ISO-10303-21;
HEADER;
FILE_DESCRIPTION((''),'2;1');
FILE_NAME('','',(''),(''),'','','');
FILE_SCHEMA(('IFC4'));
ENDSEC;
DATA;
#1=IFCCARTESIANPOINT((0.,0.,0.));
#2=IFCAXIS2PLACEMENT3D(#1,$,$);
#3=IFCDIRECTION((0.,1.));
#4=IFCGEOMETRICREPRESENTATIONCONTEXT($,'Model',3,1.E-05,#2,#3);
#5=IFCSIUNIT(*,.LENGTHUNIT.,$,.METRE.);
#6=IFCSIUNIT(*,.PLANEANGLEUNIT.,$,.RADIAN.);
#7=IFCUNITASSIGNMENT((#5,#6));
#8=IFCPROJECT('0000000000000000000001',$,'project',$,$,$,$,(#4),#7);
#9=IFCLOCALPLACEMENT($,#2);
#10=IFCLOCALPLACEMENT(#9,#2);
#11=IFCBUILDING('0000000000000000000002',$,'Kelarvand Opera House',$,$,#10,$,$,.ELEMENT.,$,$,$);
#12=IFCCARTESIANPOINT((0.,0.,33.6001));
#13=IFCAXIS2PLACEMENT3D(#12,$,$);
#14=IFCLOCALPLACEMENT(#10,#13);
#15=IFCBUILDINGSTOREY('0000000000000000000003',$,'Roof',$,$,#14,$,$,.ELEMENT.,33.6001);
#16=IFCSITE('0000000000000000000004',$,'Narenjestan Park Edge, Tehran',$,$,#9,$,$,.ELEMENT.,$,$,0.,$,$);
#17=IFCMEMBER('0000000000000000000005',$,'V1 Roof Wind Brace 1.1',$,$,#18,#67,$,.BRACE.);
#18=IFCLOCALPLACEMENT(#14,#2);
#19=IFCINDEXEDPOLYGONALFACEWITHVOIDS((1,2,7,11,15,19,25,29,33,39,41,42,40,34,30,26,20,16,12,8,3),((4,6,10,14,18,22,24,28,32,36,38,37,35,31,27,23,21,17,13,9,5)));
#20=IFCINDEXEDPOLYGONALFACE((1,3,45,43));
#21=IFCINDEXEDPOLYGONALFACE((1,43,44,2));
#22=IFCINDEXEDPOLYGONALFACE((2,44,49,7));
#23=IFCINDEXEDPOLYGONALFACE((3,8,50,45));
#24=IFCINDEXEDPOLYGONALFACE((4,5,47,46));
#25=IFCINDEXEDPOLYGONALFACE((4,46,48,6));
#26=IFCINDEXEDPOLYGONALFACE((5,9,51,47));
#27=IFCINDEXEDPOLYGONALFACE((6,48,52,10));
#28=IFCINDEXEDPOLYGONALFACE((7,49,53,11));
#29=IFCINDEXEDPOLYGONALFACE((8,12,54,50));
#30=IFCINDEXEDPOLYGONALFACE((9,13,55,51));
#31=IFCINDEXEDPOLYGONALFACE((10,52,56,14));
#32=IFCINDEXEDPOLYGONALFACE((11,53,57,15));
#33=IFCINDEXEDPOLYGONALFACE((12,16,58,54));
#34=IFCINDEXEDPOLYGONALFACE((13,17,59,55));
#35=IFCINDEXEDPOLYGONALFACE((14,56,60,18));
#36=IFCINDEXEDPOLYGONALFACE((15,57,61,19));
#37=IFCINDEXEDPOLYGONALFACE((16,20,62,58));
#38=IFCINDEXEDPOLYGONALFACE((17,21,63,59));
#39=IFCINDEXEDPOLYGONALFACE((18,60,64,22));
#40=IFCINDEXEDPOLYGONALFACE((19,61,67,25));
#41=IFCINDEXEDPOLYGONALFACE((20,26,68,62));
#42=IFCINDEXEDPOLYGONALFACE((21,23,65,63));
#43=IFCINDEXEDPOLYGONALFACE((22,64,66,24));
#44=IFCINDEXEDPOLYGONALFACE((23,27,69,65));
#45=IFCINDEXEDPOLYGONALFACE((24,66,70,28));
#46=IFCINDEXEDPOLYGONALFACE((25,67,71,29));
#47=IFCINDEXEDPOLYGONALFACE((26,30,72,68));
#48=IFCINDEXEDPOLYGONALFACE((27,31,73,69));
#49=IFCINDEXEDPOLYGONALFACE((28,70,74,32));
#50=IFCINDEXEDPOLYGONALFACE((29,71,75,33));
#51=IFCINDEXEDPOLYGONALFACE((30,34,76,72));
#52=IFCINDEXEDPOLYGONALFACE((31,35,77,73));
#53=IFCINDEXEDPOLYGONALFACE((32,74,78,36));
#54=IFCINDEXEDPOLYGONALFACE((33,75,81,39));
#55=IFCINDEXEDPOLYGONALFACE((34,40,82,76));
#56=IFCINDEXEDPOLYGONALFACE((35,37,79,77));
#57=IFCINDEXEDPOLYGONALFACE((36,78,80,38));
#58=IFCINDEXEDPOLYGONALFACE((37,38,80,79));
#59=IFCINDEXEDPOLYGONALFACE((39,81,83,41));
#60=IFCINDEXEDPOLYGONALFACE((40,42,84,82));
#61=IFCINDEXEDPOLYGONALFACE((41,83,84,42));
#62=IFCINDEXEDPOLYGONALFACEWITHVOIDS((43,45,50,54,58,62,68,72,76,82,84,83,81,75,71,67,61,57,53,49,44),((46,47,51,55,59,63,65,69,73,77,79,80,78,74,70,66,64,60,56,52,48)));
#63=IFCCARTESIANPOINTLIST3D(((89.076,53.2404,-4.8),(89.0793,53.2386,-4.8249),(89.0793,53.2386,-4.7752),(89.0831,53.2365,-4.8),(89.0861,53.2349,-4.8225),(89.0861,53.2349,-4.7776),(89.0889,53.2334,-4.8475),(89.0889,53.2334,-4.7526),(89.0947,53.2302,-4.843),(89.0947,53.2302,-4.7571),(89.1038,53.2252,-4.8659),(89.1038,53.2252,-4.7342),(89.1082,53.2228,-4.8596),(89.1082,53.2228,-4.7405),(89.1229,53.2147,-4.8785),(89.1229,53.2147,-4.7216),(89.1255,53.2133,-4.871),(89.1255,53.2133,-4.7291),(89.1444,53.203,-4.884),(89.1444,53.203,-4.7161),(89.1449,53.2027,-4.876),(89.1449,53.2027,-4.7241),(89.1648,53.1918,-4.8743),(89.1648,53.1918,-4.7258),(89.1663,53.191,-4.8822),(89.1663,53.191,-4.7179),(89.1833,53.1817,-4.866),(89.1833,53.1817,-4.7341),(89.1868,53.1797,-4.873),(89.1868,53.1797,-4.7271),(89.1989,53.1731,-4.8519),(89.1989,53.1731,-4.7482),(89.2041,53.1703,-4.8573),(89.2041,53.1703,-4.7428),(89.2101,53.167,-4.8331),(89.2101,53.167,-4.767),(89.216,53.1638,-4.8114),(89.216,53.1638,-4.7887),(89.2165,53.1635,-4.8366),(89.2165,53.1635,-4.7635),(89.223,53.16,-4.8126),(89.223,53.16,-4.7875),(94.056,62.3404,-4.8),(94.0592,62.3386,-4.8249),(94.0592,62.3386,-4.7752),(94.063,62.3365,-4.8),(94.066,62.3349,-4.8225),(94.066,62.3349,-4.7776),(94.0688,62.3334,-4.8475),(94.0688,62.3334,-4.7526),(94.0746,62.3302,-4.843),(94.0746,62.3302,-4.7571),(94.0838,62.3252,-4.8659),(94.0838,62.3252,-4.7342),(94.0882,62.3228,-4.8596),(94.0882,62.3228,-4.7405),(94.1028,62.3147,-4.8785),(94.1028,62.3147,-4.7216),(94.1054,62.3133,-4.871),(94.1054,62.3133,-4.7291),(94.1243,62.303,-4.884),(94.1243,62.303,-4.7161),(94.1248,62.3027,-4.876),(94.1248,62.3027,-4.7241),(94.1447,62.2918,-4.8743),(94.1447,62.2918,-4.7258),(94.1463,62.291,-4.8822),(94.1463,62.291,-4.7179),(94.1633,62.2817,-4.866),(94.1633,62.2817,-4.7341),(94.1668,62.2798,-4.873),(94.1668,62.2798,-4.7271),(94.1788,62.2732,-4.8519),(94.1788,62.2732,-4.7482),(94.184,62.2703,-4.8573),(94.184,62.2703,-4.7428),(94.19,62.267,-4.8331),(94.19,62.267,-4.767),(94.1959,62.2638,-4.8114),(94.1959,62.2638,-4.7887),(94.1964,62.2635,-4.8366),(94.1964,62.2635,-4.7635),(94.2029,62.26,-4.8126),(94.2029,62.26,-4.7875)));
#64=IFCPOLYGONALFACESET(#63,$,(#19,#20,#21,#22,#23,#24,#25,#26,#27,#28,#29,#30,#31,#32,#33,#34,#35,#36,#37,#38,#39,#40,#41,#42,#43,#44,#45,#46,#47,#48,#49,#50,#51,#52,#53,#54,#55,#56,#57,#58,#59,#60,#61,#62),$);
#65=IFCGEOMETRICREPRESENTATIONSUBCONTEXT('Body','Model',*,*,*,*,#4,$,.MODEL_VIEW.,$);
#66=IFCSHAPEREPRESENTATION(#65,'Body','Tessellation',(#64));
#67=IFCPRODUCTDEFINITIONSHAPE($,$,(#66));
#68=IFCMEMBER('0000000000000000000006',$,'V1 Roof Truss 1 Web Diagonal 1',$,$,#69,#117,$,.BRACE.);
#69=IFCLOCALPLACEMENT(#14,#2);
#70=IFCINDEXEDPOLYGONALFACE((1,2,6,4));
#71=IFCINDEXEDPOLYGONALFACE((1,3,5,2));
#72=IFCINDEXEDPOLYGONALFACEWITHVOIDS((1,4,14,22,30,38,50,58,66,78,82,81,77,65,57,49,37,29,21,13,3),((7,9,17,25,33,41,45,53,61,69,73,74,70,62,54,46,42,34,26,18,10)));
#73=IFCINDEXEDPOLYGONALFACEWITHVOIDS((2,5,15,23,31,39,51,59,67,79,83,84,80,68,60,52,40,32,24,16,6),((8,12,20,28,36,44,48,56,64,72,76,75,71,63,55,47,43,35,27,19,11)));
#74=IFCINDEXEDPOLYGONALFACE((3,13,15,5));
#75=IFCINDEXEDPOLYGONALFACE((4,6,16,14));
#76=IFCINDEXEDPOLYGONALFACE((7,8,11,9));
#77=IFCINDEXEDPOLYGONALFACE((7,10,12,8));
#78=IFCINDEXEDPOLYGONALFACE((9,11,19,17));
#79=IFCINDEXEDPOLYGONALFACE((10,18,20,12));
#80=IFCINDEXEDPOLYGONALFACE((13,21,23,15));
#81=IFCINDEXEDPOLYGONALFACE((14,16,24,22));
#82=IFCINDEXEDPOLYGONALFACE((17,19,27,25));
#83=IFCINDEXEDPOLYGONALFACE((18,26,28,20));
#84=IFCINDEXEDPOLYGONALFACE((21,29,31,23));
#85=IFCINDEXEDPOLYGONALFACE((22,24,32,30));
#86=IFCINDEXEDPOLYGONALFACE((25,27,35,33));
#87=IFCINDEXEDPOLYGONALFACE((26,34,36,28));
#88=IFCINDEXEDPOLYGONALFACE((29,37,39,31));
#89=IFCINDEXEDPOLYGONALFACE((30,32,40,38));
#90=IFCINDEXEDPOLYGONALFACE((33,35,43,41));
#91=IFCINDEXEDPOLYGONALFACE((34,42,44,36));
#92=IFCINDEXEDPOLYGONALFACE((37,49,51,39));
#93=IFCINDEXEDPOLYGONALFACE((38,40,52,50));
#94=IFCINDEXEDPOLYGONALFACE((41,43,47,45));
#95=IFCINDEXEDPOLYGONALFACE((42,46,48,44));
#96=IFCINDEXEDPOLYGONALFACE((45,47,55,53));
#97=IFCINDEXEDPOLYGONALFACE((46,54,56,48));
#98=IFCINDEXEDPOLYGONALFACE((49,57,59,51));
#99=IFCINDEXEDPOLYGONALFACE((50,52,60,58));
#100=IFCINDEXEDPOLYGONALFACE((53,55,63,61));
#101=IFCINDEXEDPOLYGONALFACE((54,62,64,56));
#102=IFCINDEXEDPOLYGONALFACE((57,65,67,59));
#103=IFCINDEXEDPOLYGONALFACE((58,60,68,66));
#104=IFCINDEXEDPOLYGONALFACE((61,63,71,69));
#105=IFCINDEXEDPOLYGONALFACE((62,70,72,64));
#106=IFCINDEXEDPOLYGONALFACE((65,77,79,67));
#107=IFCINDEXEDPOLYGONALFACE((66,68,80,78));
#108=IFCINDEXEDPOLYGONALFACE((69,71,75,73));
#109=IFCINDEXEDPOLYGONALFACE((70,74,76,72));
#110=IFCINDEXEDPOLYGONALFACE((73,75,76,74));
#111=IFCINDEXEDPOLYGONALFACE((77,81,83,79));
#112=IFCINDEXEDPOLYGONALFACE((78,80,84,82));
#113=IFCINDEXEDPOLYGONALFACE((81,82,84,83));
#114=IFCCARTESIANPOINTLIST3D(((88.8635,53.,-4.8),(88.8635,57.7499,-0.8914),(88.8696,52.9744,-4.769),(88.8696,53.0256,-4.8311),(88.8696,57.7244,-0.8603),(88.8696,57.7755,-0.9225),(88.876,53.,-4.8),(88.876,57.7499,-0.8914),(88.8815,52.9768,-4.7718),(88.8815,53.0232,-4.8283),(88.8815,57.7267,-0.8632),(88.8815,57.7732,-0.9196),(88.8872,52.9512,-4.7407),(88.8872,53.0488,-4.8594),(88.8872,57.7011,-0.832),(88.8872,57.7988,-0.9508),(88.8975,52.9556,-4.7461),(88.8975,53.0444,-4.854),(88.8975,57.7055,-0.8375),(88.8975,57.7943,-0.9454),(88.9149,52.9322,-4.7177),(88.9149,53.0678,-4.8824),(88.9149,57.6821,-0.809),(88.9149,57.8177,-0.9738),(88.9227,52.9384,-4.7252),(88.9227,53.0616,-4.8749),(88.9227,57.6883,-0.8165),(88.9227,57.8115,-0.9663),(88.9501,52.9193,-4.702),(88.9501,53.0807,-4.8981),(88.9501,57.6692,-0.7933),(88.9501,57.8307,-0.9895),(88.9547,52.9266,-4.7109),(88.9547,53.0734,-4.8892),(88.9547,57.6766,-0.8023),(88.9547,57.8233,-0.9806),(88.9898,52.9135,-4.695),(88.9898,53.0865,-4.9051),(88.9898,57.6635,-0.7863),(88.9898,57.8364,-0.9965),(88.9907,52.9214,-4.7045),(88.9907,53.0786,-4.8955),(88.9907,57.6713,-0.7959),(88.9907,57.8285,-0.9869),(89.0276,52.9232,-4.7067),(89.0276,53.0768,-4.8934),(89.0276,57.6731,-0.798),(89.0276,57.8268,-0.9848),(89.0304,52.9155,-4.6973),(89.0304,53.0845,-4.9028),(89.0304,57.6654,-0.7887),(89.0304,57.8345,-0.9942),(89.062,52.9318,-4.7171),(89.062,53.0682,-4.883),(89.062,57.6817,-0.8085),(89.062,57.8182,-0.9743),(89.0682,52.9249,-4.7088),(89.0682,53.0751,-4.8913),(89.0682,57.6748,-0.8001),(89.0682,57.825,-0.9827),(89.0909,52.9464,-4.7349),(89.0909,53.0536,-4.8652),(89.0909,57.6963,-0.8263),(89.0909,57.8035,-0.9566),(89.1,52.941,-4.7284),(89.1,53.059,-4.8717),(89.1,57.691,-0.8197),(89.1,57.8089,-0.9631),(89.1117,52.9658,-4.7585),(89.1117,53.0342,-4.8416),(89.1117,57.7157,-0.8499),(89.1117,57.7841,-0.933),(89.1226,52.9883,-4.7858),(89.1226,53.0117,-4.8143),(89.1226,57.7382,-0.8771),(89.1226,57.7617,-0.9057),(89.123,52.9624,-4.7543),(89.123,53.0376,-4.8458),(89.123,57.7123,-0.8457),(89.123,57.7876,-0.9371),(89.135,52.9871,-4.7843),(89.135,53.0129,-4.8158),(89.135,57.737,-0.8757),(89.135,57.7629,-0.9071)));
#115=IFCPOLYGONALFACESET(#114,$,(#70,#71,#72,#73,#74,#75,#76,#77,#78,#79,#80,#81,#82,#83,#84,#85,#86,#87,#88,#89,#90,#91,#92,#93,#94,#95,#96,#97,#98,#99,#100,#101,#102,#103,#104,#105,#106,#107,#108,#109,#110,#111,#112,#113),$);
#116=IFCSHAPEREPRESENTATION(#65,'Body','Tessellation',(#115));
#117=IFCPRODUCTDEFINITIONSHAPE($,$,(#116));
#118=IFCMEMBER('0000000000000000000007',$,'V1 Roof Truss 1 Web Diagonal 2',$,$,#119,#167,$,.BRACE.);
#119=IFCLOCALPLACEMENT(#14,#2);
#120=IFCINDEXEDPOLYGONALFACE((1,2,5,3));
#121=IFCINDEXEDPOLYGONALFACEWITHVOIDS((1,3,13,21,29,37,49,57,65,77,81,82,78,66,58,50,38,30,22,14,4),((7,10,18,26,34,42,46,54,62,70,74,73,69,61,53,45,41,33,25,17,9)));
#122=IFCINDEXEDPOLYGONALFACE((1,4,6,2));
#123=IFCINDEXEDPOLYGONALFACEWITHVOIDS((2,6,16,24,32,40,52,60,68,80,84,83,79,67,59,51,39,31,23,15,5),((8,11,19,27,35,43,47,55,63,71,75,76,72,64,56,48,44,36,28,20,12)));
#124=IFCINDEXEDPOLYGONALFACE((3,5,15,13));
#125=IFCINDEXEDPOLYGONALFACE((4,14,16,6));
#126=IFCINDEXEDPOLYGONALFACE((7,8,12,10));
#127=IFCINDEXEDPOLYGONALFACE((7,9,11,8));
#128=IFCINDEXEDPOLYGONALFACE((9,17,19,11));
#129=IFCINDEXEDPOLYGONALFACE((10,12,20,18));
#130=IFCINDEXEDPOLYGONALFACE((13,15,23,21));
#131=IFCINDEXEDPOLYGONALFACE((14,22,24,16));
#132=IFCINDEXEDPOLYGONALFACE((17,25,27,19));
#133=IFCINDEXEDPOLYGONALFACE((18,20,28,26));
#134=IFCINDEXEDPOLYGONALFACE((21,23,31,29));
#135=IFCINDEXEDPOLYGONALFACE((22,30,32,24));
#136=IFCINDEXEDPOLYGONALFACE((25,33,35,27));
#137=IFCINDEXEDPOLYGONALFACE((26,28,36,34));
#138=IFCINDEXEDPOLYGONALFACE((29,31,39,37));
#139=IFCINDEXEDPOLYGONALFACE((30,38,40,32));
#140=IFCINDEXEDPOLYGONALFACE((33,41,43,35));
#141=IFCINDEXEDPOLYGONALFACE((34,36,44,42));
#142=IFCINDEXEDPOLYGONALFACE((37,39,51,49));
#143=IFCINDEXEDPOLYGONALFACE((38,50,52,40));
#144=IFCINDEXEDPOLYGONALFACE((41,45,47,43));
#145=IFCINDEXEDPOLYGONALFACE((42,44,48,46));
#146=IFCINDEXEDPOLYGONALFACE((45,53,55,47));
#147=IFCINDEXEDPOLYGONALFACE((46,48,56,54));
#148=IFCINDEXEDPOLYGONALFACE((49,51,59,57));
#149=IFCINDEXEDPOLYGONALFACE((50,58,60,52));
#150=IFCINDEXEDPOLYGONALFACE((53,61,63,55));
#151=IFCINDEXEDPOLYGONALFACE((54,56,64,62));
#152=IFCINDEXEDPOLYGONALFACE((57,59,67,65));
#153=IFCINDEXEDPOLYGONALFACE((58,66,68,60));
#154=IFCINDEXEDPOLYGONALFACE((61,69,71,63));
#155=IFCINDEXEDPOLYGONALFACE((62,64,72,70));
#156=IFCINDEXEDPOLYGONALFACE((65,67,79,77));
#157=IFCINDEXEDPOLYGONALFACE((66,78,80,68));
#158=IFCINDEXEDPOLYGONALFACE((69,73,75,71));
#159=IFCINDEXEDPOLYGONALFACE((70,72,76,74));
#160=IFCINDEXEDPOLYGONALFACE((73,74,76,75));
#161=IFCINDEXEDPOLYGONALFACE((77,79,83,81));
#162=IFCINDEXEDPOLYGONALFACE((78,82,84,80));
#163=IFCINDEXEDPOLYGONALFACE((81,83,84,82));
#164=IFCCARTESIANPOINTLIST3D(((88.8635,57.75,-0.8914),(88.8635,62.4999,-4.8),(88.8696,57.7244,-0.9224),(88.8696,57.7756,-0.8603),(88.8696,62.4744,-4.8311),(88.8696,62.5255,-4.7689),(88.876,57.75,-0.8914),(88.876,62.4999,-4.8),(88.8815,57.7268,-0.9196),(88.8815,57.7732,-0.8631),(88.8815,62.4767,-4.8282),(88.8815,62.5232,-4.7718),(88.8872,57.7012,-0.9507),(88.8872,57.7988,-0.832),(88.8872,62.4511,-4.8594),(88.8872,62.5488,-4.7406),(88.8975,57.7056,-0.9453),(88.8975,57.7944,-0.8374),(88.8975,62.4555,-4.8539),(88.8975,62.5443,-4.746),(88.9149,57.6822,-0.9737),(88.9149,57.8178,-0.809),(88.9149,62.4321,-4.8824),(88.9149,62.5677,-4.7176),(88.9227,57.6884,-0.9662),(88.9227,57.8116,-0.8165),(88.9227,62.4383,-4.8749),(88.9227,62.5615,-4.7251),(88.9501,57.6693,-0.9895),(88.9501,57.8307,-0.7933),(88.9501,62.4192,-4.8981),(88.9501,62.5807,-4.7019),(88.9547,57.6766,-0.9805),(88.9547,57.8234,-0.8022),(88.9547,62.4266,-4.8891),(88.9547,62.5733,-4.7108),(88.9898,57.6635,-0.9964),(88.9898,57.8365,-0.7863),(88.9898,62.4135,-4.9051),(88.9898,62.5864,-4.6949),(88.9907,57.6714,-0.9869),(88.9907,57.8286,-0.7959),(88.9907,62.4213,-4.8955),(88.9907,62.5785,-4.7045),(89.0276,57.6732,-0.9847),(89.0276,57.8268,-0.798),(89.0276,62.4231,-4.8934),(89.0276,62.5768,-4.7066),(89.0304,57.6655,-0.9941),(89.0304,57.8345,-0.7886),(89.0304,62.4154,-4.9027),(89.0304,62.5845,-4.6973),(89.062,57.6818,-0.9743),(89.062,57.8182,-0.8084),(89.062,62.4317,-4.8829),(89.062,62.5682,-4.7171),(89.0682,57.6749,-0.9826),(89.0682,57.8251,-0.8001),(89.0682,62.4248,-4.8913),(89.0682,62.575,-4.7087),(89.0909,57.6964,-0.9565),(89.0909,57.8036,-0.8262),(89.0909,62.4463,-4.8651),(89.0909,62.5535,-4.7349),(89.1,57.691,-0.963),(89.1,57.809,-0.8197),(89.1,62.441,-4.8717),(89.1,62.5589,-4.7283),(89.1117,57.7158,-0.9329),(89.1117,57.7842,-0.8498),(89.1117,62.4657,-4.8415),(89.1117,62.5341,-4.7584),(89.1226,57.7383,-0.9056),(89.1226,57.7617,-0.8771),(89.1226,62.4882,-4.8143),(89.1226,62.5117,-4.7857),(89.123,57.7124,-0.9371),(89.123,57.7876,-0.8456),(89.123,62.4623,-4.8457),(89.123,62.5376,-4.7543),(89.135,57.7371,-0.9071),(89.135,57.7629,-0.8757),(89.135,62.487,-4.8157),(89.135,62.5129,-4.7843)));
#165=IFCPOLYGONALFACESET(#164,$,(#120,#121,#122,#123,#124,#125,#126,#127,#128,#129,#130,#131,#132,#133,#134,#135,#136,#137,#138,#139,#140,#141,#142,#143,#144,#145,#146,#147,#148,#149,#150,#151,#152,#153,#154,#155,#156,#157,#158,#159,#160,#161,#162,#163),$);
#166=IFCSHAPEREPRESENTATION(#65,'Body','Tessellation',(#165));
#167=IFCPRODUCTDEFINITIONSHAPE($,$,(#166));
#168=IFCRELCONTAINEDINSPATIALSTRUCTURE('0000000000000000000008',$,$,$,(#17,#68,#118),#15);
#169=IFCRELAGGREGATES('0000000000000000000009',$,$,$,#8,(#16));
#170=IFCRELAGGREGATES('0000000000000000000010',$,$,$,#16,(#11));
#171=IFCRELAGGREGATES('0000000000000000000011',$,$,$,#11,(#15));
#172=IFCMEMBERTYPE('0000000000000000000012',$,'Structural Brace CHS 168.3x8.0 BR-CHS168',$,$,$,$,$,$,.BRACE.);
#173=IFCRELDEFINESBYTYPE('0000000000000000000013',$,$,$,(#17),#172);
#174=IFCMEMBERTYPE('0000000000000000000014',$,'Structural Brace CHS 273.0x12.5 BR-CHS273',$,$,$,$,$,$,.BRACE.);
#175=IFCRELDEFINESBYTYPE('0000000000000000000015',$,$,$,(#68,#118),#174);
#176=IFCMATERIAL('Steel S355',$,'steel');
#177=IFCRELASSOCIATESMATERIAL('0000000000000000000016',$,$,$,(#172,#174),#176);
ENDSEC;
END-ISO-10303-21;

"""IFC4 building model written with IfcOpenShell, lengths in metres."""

from ifc_helpers import new_model, si_unit, direction, frame, origin, origin_2d, place, context, subcontext, project, spatial, hollow_circle, extrude, material, material_profile, profile_set, type_object, element, save


model = new_model("IFC4")

# Units and contexts
model_context = context("Model", 3, precision=1e-05, world=origin(), true_north=direction((0.0, 1.0)))
body_context = subcontext(model_context, "Body", "Model", "MODEL_VIEW")
ifc_project = project(units=[si_unit("LENGTHUNIT", "METRE"), si_unit("PLANEANGLEUNIT", "RADIAN")], contexts=[model_context])

# Site, building, storey
site_placement = place(None, origin())
site = spatial("IfcSite", under=ifc_project, at=site_placement, Name="Narenjestan Park Edge, Tehran", CompositionType="ELEMENT", RefElevation=0.0)
building_placement = place(site_placement, origin())
building = spatial("IfcBuilding", under=site, at=building_placement, Name="Kelarvand Opera House", CompositionType="ELEMENT")
storey_placement = place(building_placement, frame((0.0, 0.0, 33.6001)))
storey = spatial("IfcBuildingStorey", under=building, at=storey_placement, Name="Roof", CompositionType="ELEMENT", Elevation=33.6001)

# Members
ifc_material_1 = material(Name="Steel S355", Category="steel")
ifc_material_profile_1 = material_profile(ifc_material_1, hollow_circle(Radius=0.0842, WallThickness=0.0081, at=origin_2d()), Name="CHS 168.3x8.0", Category="steel")
ifc_profile_set_1 = profile_set([ifc_material_profile_1], Name="Steel S355")
member_type_1 = type_object("IfcMemberType", Name="Structural Brace CHS 168.3x8.0 BR-CHS168", PredefinedType="BRACE", material=ifc_profile_set_1)
member_1_placement = place(storey_placement, frame((89.1499, 53.2, -4.8), z_axis=(0.480062, 0.877235, 0.0), x_axis=(-0.877235, 0.480062, 0.0)))
element("IfcMember", 1, at=member_1_placement, inside=storey, type_object=member_type_1, Name="V1 Roof Wind Brace 1.1", PredefinedType="BRACE", context=body_context, shape_type="SweptSolid", body=[
    extrude(hollow_circle(Radius=0.0842, WallThickness=0.0081, at=origin_2d()), origin(), (0.0, 0.0, 1.0), 10.3735),
])
ifc_material_profile_2 = material_profile(ifc_material_1, hollow_circle(Radius=0.1365, WallThickness=0.0125, at=origin_2d()), Name="CHS 273.0x12.5", Category="steel")
ifc_profile_set_2 = profile_set([ifc_material_profile_2], Name="Steel S355")
member_type_2 = type_object("IfcMemberType", Name="Structural Brace CHS 273.0x12.5 BR-CHS273", PredefinedType="BRACE", material=ifc_profile_set_2)
for number, where, z_axis, x_axis, name in (
    (2, (89.0, 53.0, -4.8), (0.0, 0.772175, 0.63541), (-1.0, 0.0, 0.0), "V1 Roof Truss 1 Web Diagonal 1"),
    (3, (89.0, 57.75, -0.8914), (0.0, 0.772175, -0.63541), (-1.0, 0.0, 0.0), "V1 Roof Truss 1 Web Diagonal 2"),
):
    element("IfcMember", number, at=place(storey_placement, frame(where, z_axis=z_axis, x_axis=x_axis)), inside=storey, type_object=member_type_2, Name=name, PredefinedType="BRACE", context=body_context, shape_type="SweptSolid", body=[
        extrude(hollow_circle(Radius=0.1365, WallThickness=0.0125, at=origin_2d()), origin(), (0.0, 0.0, 1.0), 6.1514),
    ])

save(model, "model.ifc")
